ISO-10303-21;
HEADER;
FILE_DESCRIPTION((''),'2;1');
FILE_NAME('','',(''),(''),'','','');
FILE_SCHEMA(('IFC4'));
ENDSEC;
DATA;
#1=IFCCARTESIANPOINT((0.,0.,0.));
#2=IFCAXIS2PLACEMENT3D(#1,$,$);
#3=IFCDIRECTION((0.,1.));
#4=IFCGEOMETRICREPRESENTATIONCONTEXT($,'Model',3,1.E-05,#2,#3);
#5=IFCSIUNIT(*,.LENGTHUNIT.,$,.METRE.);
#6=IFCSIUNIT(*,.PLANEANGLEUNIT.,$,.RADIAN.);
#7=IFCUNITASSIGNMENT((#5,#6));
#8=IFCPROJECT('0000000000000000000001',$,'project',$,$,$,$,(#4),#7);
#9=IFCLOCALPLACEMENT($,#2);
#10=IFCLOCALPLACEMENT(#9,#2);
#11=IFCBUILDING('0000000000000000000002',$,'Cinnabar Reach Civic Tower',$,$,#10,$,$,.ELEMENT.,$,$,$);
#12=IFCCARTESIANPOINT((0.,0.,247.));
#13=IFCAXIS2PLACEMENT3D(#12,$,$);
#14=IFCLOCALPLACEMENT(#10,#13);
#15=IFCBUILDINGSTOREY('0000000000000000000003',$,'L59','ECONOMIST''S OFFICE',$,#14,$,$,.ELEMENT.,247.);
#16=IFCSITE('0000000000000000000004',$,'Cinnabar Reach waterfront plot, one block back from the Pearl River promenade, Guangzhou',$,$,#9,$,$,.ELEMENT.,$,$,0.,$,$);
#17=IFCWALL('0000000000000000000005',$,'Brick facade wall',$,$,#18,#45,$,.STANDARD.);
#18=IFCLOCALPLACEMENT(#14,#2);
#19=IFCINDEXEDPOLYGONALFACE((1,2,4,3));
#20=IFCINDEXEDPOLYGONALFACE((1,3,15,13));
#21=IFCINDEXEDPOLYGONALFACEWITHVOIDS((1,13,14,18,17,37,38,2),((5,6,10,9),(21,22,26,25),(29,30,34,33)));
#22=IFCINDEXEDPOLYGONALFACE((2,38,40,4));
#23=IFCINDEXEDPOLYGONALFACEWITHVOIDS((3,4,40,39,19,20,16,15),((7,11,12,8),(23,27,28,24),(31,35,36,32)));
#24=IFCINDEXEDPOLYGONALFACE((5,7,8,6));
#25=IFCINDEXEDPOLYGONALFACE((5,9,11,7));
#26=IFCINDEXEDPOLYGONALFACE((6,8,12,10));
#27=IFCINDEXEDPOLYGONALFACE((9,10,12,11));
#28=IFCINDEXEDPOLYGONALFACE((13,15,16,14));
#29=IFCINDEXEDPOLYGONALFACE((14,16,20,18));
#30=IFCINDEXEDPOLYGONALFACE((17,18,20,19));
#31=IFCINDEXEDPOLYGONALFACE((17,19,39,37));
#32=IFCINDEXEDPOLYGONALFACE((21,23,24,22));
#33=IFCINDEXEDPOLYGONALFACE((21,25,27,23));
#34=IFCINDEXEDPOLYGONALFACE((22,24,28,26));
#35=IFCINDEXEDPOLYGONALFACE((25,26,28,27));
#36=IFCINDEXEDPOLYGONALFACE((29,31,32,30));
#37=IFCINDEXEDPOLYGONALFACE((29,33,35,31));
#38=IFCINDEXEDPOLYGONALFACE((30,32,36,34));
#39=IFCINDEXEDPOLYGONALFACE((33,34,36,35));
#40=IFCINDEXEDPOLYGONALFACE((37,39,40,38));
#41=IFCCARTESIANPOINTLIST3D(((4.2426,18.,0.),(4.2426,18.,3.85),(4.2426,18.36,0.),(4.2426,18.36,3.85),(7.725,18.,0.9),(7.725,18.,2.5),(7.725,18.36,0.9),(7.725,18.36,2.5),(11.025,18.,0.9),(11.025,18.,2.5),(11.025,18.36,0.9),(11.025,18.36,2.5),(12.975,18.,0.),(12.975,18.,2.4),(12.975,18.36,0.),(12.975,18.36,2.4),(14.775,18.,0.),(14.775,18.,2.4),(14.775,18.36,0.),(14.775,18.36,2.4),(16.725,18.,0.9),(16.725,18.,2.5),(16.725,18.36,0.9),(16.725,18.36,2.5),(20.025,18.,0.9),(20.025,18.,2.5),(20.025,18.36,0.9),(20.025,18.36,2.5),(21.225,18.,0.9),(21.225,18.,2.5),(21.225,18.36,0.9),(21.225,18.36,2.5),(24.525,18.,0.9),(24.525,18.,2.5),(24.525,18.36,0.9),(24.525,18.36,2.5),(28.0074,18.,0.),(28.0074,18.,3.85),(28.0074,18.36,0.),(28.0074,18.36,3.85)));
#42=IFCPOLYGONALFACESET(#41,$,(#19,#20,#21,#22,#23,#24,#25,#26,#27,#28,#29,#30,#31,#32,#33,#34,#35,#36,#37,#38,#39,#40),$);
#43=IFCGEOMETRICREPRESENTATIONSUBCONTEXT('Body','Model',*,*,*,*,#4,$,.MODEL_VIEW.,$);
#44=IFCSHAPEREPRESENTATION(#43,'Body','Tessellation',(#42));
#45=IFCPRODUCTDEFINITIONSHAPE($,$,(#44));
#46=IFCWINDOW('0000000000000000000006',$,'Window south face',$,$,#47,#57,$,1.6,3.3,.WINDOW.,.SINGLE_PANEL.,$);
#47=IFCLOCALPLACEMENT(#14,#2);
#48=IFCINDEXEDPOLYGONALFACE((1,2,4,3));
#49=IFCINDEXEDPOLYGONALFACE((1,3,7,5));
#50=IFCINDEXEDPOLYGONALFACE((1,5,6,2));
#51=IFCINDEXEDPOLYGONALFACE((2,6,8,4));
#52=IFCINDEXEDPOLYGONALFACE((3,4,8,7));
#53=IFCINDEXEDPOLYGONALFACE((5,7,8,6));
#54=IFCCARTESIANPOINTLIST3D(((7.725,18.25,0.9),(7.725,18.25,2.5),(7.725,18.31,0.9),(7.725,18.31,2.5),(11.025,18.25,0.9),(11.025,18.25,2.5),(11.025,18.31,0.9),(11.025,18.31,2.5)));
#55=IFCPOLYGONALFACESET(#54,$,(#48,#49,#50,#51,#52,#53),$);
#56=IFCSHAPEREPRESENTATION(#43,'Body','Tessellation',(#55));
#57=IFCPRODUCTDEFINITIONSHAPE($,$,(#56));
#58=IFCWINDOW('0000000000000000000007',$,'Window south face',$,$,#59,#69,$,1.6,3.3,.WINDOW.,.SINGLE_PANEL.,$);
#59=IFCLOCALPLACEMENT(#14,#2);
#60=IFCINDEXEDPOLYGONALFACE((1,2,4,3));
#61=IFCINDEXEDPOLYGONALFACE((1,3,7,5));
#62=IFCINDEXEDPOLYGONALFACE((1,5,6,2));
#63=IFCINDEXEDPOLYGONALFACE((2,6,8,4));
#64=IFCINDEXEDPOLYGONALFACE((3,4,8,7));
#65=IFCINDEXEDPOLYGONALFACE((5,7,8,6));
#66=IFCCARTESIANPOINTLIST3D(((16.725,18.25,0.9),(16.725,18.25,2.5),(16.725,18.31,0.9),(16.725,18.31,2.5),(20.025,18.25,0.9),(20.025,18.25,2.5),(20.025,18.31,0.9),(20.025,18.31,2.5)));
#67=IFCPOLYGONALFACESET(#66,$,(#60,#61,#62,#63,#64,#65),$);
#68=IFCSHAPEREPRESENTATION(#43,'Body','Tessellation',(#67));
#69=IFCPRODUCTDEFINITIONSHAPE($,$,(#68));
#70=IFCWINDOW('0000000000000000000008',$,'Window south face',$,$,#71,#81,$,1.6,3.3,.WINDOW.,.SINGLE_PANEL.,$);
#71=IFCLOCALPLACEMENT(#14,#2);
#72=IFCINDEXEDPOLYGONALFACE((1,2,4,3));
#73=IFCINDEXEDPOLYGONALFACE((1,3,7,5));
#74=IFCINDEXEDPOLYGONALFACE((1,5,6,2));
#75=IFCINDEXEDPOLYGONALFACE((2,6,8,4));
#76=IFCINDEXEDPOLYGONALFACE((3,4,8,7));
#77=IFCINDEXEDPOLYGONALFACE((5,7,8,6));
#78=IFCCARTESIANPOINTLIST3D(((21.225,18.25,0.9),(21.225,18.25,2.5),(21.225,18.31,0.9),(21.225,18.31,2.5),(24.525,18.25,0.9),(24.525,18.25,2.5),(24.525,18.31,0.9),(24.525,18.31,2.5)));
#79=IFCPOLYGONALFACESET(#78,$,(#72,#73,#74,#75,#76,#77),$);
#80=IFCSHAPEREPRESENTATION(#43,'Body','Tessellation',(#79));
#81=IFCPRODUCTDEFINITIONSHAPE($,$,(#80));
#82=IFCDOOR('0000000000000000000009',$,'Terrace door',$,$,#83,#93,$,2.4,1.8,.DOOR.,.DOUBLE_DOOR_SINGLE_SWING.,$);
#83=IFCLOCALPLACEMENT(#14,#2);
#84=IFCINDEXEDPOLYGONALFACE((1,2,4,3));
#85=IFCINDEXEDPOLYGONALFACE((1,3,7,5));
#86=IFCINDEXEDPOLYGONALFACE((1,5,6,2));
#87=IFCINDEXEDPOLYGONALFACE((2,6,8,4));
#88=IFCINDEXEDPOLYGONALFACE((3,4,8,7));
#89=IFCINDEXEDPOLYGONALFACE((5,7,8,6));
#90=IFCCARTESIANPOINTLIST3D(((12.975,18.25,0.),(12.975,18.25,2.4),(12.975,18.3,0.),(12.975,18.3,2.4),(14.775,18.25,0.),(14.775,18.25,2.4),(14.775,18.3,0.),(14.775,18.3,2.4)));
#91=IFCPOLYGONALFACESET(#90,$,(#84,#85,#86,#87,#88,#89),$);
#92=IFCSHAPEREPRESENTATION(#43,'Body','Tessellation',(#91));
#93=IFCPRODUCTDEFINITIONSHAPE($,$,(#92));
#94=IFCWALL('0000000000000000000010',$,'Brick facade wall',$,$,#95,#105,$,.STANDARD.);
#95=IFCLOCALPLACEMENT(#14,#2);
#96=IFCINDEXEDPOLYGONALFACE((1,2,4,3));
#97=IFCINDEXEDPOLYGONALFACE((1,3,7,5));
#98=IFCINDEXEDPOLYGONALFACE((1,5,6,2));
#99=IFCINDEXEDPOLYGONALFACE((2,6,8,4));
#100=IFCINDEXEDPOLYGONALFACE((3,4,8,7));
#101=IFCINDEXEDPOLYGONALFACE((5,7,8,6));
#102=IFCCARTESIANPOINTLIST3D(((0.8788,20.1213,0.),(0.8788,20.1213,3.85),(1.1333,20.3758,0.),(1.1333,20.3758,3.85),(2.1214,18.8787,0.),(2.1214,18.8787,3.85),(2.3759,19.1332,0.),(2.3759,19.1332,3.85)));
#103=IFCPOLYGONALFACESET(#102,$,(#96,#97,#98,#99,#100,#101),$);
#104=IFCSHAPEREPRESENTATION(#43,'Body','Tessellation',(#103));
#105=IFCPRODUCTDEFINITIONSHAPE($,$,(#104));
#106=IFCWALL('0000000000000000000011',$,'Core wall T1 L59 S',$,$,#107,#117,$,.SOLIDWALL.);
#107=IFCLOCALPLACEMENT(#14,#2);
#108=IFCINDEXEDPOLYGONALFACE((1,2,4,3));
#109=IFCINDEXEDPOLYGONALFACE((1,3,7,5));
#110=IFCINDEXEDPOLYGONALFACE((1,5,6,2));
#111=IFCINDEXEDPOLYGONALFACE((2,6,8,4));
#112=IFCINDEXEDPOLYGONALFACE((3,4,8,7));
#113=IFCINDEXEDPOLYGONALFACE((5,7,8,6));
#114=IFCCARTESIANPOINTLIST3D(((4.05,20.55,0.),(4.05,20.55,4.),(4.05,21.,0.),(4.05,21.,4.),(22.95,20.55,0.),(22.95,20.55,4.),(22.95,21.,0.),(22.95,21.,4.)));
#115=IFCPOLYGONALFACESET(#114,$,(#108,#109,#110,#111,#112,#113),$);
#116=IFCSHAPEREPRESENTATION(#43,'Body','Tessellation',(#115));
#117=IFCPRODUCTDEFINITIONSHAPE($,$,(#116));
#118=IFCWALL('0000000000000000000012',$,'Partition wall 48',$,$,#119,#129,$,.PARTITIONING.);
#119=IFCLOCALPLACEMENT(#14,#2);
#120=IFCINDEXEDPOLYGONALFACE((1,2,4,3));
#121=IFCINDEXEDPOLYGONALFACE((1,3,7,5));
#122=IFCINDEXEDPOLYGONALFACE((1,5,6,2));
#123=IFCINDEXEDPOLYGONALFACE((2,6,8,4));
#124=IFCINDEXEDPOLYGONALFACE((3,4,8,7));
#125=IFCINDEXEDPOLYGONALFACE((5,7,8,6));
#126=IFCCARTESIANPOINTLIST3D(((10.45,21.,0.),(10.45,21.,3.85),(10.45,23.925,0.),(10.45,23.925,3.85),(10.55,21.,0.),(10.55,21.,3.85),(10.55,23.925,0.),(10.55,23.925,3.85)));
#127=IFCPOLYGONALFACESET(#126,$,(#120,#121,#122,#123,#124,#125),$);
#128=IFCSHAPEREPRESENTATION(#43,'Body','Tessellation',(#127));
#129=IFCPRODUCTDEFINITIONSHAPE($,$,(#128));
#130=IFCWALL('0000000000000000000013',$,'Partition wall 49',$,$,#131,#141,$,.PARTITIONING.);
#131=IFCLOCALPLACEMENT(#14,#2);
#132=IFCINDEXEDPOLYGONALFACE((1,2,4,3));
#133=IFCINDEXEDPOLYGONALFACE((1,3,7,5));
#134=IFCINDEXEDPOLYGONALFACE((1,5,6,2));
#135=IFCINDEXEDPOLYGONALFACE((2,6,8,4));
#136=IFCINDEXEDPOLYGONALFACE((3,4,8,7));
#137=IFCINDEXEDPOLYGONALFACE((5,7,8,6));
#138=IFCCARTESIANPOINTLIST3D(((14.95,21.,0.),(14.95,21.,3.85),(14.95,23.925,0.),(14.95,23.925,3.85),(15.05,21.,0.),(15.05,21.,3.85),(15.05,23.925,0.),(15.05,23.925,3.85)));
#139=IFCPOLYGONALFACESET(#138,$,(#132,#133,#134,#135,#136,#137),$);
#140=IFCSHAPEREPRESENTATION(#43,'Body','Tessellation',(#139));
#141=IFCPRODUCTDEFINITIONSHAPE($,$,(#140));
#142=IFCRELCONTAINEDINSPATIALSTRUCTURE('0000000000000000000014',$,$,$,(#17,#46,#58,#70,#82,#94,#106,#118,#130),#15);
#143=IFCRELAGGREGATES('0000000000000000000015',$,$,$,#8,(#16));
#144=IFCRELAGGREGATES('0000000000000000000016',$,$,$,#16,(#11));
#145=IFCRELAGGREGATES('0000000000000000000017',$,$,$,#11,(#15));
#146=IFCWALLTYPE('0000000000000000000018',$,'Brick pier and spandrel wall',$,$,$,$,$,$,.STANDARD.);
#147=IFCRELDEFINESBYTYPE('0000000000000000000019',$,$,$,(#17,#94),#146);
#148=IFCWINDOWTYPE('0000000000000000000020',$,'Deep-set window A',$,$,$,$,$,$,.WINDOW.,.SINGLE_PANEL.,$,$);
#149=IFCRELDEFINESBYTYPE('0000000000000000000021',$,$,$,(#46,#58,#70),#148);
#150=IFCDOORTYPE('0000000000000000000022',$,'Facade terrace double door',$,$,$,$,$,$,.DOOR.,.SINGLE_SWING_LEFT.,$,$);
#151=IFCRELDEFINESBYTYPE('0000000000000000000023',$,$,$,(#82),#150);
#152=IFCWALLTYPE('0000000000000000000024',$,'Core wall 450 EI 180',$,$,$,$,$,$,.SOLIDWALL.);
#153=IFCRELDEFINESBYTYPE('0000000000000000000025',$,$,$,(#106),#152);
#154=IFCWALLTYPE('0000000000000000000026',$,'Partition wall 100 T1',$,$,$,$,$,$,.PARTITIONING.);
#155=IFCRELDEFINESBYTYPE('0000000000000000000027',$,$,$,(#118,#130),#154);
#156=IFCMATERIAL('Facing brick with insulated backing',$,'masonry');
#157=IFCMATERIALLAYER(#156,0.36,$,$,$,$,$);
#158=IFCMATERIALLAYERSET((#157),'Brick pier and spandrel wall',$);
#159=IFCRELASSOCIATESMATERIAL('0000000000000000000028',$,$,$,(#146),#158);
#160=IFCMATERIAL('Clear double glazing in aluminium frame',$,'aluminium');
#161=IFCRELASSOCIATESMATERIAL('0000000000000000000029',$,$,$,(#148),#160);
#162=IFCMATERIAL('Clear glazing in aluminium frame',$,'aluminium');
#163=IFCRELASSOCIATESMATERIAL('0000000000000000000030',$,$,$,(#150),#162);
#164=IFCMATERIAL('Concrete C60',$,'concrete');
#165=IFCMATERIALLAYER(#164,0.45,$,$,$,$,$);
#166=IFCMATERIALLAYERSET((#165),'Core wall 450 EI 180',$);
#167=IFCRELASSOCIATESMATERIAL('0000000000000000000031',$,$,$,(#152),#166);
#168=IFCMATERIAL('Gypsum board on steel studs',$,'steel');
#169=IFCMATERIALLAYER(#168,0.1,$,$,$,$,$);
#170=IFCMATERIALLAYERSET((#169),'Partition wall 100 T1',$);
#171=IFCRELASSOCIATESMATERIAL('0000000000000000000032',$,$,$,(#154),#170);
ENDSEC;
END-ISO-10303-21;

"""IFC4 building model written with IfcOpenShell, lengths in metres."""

from ifc_helpers import new_model, si_unit, direction, frame, frame_2d, origin, place, context, subcontext, project, spatial, rectangle, extrude, material, layer, layer_set, type_object, element, fill, save


model = new_model("IFC4")

# Units and contexts
model_context = context("Model", 3, precision=1e-05, world=origin(), true_north=direction((0.0, 1.0)))
body_context = subcontext(model_context, "Body", "Model", "MODEL_VIEW")
ifc_project = project(units=[si_unit("LENGTHUNIT", "METRE"), si_unit("PLANEANGLEUNIT", "RADIAN")], contexts=[model_context])

# Site, building, storey
site_placement = place(None, origin())
site = spatial("IfcSite", under=ifc_project, at=site_placement, Name="Cinnabar Reach waterfront plot, one block back from the Pearl River promenade, Guangzhou", CompositionType="ELEMENT", RefElevation=0.0)
building_placement = place(site_placement, origin())
building = spatial("IfcBuilding", under=site, at=building_placement, Name="Cinnabar Reach Civic Tower", CompositionType="ELEMENT")
storey_placement = place(building_placement, frame((0.0, 0.0, 247.0)))
storey = spatial("IfcBuildingStorey", under=building, at=storey_placement, Name="L59", Description="ECONOMIST'S OFFICE", CompositionType="ELEMENT", Elevation=247.0)

# Shared definitions
ifc_material_1 = material(Name="Concrete C60", Category="concrete")

# Shared definitions
ifc_material_2 = material(Name="Facing brick with insulated backing", Category="masonry")

# Wall, openings, windows, door
ifc_layer_1 = layer(ifc_material_2, 0.36)
ifc_layer_set_1 = layer_set([ifc_layer_1], Name="Brick pier and spandrel wall")
wall_type_1 = type_object("IfcWallType", Name="Brick pier and spandrel wall", PredefinedType="STANDARD", material=ifc_layer_set_1)
wall_1_placement = place(storey_placement, frame((4.2426, 18.18, 0.0), z_axis=(0.0, 0.0, 1.0), x_axis=(1.0, 0.0, 0.0)))
wall_1 = element("IfcWall", 1, at=wall_1_placement, inside=storey, type_object=wall_type_1, Name="Brick facade wall", PredefinedType="STANDARD", context=body_context, shape_type="SweptSolid", body=[
    extrude(rectangle(XDim=23.7648, YDim=0.36, at=frame_2d((11.8824, 0.0))), origin(), (0.0, 0.0, 1.0), 3.85),
])
opening_1_placement = place(wall_1_placement, frame((3.4824, 0.0, 0.9)))
opening_1 = element("IfcOpeningElement", 2, at=opening_1_placement, cuts=wall_1, PredefinedType="OPENING", context=body_context, shape_type="SweptSolid", body=[
    extrude(rectangle(XDim=3.3, YDim=1.6, at=frame_2d((1.65, 0.8))), frame((0.0, 0.19, 0.0), z_axis=(0.0, -1.0, 0.0), x_axis=(1.0, 0.0, 0.0)), (0.0, 0.0, 1.0), 0.38),
])
opening_2_placement = place(wall_1_placement, frame((8.7324, 0.0, 0.0)))
opening_2 = element("IfcOpeningElement", 3, at=opening_2_placement, cuts=wall_1, PredefinedType="OPENING", context=body_context, shape_type="SweptSolid", body=[
    extrude(rectangle(XDim=1.8, YDim=2.4, at=frame_2d((0.9, 1.2))), frame((0.0, 0.19, 0.0), z_axis=(0.0, -1.0, 0.0), x_axis=(1.0, 0.0, 0.0)), (0.0, 0.0, 1.0), 0.38),
])
opening_3_placement = place(wall_1_placement, frame((12.4824, 0.0, 0.9)))
opening_3 = element("IfcOpeningElement", 4, at=opening_3_placement, cuts=wall_1, PredefinedType="OPENING", context=body_context, shape_type="SweptSolid", body=[
    extrude(rectangle(XDim=3.3, YDim=1.6, at=frame_2d((1.65, 0.8))), frame((0.0, 0.19, 0.0), z_axis=(0.0, -1.0, 0.0), x_axis=(1.0, 0.0, 0.0)), (0.0, 0.0, 1.0), 0.38),
])
opening_4_placement = place(wall_1_placement, frame((16.9824, 0.0, 0.9)))
opening_4 = element("IfcOpeningElement", 5, at=opening_4_placement, cuts=wall_1, PredefinedType="OPENING", context=body_context, shape_type="SweptSolid", body=[
    extrude(rectangle(XDim=3.3, YDim=1.6, at=frame_2d((1.65, 0.8))), frame((0.0, 0.19, 0.0), z_axis=(0.0, -1.0, 0.0), x_axis=(1.0, 0.0, 0.0)), (0.0, 0.0, 1.0), 0.38),
])
ifc_material_3 = material(Name="Clear double glazing in aluminium frame", Category="aluminium")
window_type = type_object("IfcWindowType", Name="Deep-set window A", PartitioningType="SINGLE_PANEL", PredefinedType="WINDOW", material=ifc_material_3)
window_1_placement = place(opening_1_placement, origin())
window_1 = element("IfcWindow", 6, at=window_1_placement, inside=storey, type_object=window_type, Name="Window south face", OverallHeight=1.6, OverallWidth=3.3, PartitioningType="SINGLE_PANEL", PredefinedType="WINDOW", context=body_context, shape_type="SweptSolid", body=[
    extrude(rectangle(XDim=3.3, YDim=1.6, at=frame_2d((1.65, 0.8))), frame((0.0, 0.13, 0.0), z_axis=(0.0, -1.0, 0.0), x_axis=(1.0, 0.0, 0.0)), (0.0, 0.0, 1.0), 0.06),
])
fill(opening_1, window_1)
window_2_placement = place(opening_3_placement, origin())
window_2 = element("IfcWindow", 7, at=window_2_placement, inside=storey, type_object=window_type, Name="Window south face", OverallHeight=1.6, OverallWidth=3.3, PartitioningType="SINGLE_PANEL", PredefinedType="WINDOW", context=body_context, shape_type="SweptSolid", body=[
    extrude(rectangle(XDim=3.3, YDim=1.6, at=frame_2d((1.65, 0.8))), frame((0.0, 0.13, 0.0), z_axis=(0.0, -1.0, 0.0), x_axis=(1.0, 0.0, 0.0)), (0.0, 0.0, 1.0), 0.06),
])
fill(opening_3, window_2)
window_3_placement = place(opening_4_placement, origin())
window_3 = element("IfcWindow", 8, at=window_3_placement, inside=storey, type_object=window_type, Name="Window south face", OverallHeight=1.6, OverallWidth=3.3, PartitioningType="SINGLE_PANEL", PredefinedType="WINDOW", context=body_context, shape_type="SweptSolid", body=[
    extrude(rectangle(XDim=3.3, YDim=1.6, at=frame_2d((1.65, 0.8))), frame((0.0, 0.13, 0.0), z_axis=(0.0, -1.0, 0.0), x_axis=(1.0, 0.0, 0.0)), (0.0, 0.0, 1.0), 0.06),
])
fill(opening_4, window_3)
ifc_material_4 = material(Name="Clear glazing in aluminium frame", Category="aluminium")
door_type = type_object("IfcDoorType", Name="Facade terrace double door", OperationType="SINGLE_SWING_LEFT", PredefinedType="DOOR", material=ifc_material_4)
door_placement = place(opening_2_placement, frame((1.8, 0.0, 0.0), z_axis=(0.0, 0.0, 1.0), x_axis=(-1.0, 0.0, 0.0)))
door = element("IfcDoor", 9, at=door_placement, inside=storey, type_object=door_type, Name="Terrace door", OperationType="DOUBLE_DOOR_SINGLE_SWING", OverallHeight=2.4, OverallWidth=1.8, PredefinedType="DOOR", context=body_context, shape_type="SweptSolid", body=[
    extrude(rectangle(XDim=1.8, YDim=2.4, at=frame_2d((0.9, 1.2))), frame((0.0, -0.07, 0.0), z_axis=(0.0, -1.0, 0.0), x_axis=(1.0, 0.0, 0.0)), (0.0, 0.0, 1.0), 0.05),
])
fill(opening_2, door)

# Walls
wall_2_placement = place(storey_placement, frame((1.006, 20.2486, 0.0), z_axis=(0.0, 0.0, 1.0), x_axis=(0.707107, -0.707107, 0.0)))
element("IfcWall", 10, at=wall_2_placement, inside=storey, type_object=wall_type_1, Name="Brick facade wall", PredefinedType="STANDARD", context=body_context, shape_type="SweptSolid", body=[
    extrude(rectangle(XDim=1.7573, YDim=0.36, at=frame_2d((0.8787, 0.0))), origin(), (0.0, 0.0, 1.0), 3.85),
])
ifc_layer_2 = layer(ifc_material_1, 0.45)
ifc_layer_set_2 = layer_set([ifc_layer_2], Name="Core wall 450 EI 180")
wall_type_2 = type_object("IfcWallType", Name="Core wall 450 EI 180", PredefinedType="SOLIDWALL", material=ifc_layer_set_2)
wall_3_placement = place(storey_placement, frame((4.05, 20.775, 0.0), z_axis=(0.0, 0.0, 1.0), x_axis=(1.0, 0.0, 0.0)))
element("IfcWall", 11, at=wall_3_placement, inside=storey, type_object=wall_type_2, Name="Core wall T1 L59 S", PredefinedType="SOLIDWALL", context=body_context, shape_type="SweptSolid", body=[
    extrude(rectangle(XDim=18.9, YDim=0.45, at=frame_2d((9.45, 0.0))), origin(), (0.0, 0.0, 1.0), 4.0),
])
ifc_material_5 = material(Name="Gypsum board on steel studs", Category="steel")
ifc_layer_3 = layer(ifc_material_5, 0.1)
ifc_layer_set_3 = layer_set([ifc_layer_3], Name="Partition wall 100 T1")
wall_type_3 = type_object("IfcWallType", Name="Partition wall 100 T1", PredefinedType="PARTITIONING", material=ifc_layer_set_3)
for number, where, z_axis, x_axis, name in (
    (12, (10.5, 21.0, 0.0), (0.0, 0.0, 1.0), (0.0, 1.0, 0.0), "Partition wall 48"),
    (13, (15.0, 21.0, 0.0), (0.0, 0.0, 1.0), (0.0, 1.0, 0.0), "Partition wall 49"),
):
    element("IfcWall", number, at=place(storey_placement, frame(where, z_axis=z_axis, x_axis=x_axis)), inside=storey, type_object=wall_type_3, Name=name, PredefinedType="PARTITIONING", context=body_context, shape_type="SweptSolid", body=[
        extrude(rectangle(XDim=2.925, YDim=0.1, at=frame_2d((1.4625, 0.0))), origin(), (0.0, 0.0, 1.0), 3.85),
    ])

save(model, "model.ifc")
